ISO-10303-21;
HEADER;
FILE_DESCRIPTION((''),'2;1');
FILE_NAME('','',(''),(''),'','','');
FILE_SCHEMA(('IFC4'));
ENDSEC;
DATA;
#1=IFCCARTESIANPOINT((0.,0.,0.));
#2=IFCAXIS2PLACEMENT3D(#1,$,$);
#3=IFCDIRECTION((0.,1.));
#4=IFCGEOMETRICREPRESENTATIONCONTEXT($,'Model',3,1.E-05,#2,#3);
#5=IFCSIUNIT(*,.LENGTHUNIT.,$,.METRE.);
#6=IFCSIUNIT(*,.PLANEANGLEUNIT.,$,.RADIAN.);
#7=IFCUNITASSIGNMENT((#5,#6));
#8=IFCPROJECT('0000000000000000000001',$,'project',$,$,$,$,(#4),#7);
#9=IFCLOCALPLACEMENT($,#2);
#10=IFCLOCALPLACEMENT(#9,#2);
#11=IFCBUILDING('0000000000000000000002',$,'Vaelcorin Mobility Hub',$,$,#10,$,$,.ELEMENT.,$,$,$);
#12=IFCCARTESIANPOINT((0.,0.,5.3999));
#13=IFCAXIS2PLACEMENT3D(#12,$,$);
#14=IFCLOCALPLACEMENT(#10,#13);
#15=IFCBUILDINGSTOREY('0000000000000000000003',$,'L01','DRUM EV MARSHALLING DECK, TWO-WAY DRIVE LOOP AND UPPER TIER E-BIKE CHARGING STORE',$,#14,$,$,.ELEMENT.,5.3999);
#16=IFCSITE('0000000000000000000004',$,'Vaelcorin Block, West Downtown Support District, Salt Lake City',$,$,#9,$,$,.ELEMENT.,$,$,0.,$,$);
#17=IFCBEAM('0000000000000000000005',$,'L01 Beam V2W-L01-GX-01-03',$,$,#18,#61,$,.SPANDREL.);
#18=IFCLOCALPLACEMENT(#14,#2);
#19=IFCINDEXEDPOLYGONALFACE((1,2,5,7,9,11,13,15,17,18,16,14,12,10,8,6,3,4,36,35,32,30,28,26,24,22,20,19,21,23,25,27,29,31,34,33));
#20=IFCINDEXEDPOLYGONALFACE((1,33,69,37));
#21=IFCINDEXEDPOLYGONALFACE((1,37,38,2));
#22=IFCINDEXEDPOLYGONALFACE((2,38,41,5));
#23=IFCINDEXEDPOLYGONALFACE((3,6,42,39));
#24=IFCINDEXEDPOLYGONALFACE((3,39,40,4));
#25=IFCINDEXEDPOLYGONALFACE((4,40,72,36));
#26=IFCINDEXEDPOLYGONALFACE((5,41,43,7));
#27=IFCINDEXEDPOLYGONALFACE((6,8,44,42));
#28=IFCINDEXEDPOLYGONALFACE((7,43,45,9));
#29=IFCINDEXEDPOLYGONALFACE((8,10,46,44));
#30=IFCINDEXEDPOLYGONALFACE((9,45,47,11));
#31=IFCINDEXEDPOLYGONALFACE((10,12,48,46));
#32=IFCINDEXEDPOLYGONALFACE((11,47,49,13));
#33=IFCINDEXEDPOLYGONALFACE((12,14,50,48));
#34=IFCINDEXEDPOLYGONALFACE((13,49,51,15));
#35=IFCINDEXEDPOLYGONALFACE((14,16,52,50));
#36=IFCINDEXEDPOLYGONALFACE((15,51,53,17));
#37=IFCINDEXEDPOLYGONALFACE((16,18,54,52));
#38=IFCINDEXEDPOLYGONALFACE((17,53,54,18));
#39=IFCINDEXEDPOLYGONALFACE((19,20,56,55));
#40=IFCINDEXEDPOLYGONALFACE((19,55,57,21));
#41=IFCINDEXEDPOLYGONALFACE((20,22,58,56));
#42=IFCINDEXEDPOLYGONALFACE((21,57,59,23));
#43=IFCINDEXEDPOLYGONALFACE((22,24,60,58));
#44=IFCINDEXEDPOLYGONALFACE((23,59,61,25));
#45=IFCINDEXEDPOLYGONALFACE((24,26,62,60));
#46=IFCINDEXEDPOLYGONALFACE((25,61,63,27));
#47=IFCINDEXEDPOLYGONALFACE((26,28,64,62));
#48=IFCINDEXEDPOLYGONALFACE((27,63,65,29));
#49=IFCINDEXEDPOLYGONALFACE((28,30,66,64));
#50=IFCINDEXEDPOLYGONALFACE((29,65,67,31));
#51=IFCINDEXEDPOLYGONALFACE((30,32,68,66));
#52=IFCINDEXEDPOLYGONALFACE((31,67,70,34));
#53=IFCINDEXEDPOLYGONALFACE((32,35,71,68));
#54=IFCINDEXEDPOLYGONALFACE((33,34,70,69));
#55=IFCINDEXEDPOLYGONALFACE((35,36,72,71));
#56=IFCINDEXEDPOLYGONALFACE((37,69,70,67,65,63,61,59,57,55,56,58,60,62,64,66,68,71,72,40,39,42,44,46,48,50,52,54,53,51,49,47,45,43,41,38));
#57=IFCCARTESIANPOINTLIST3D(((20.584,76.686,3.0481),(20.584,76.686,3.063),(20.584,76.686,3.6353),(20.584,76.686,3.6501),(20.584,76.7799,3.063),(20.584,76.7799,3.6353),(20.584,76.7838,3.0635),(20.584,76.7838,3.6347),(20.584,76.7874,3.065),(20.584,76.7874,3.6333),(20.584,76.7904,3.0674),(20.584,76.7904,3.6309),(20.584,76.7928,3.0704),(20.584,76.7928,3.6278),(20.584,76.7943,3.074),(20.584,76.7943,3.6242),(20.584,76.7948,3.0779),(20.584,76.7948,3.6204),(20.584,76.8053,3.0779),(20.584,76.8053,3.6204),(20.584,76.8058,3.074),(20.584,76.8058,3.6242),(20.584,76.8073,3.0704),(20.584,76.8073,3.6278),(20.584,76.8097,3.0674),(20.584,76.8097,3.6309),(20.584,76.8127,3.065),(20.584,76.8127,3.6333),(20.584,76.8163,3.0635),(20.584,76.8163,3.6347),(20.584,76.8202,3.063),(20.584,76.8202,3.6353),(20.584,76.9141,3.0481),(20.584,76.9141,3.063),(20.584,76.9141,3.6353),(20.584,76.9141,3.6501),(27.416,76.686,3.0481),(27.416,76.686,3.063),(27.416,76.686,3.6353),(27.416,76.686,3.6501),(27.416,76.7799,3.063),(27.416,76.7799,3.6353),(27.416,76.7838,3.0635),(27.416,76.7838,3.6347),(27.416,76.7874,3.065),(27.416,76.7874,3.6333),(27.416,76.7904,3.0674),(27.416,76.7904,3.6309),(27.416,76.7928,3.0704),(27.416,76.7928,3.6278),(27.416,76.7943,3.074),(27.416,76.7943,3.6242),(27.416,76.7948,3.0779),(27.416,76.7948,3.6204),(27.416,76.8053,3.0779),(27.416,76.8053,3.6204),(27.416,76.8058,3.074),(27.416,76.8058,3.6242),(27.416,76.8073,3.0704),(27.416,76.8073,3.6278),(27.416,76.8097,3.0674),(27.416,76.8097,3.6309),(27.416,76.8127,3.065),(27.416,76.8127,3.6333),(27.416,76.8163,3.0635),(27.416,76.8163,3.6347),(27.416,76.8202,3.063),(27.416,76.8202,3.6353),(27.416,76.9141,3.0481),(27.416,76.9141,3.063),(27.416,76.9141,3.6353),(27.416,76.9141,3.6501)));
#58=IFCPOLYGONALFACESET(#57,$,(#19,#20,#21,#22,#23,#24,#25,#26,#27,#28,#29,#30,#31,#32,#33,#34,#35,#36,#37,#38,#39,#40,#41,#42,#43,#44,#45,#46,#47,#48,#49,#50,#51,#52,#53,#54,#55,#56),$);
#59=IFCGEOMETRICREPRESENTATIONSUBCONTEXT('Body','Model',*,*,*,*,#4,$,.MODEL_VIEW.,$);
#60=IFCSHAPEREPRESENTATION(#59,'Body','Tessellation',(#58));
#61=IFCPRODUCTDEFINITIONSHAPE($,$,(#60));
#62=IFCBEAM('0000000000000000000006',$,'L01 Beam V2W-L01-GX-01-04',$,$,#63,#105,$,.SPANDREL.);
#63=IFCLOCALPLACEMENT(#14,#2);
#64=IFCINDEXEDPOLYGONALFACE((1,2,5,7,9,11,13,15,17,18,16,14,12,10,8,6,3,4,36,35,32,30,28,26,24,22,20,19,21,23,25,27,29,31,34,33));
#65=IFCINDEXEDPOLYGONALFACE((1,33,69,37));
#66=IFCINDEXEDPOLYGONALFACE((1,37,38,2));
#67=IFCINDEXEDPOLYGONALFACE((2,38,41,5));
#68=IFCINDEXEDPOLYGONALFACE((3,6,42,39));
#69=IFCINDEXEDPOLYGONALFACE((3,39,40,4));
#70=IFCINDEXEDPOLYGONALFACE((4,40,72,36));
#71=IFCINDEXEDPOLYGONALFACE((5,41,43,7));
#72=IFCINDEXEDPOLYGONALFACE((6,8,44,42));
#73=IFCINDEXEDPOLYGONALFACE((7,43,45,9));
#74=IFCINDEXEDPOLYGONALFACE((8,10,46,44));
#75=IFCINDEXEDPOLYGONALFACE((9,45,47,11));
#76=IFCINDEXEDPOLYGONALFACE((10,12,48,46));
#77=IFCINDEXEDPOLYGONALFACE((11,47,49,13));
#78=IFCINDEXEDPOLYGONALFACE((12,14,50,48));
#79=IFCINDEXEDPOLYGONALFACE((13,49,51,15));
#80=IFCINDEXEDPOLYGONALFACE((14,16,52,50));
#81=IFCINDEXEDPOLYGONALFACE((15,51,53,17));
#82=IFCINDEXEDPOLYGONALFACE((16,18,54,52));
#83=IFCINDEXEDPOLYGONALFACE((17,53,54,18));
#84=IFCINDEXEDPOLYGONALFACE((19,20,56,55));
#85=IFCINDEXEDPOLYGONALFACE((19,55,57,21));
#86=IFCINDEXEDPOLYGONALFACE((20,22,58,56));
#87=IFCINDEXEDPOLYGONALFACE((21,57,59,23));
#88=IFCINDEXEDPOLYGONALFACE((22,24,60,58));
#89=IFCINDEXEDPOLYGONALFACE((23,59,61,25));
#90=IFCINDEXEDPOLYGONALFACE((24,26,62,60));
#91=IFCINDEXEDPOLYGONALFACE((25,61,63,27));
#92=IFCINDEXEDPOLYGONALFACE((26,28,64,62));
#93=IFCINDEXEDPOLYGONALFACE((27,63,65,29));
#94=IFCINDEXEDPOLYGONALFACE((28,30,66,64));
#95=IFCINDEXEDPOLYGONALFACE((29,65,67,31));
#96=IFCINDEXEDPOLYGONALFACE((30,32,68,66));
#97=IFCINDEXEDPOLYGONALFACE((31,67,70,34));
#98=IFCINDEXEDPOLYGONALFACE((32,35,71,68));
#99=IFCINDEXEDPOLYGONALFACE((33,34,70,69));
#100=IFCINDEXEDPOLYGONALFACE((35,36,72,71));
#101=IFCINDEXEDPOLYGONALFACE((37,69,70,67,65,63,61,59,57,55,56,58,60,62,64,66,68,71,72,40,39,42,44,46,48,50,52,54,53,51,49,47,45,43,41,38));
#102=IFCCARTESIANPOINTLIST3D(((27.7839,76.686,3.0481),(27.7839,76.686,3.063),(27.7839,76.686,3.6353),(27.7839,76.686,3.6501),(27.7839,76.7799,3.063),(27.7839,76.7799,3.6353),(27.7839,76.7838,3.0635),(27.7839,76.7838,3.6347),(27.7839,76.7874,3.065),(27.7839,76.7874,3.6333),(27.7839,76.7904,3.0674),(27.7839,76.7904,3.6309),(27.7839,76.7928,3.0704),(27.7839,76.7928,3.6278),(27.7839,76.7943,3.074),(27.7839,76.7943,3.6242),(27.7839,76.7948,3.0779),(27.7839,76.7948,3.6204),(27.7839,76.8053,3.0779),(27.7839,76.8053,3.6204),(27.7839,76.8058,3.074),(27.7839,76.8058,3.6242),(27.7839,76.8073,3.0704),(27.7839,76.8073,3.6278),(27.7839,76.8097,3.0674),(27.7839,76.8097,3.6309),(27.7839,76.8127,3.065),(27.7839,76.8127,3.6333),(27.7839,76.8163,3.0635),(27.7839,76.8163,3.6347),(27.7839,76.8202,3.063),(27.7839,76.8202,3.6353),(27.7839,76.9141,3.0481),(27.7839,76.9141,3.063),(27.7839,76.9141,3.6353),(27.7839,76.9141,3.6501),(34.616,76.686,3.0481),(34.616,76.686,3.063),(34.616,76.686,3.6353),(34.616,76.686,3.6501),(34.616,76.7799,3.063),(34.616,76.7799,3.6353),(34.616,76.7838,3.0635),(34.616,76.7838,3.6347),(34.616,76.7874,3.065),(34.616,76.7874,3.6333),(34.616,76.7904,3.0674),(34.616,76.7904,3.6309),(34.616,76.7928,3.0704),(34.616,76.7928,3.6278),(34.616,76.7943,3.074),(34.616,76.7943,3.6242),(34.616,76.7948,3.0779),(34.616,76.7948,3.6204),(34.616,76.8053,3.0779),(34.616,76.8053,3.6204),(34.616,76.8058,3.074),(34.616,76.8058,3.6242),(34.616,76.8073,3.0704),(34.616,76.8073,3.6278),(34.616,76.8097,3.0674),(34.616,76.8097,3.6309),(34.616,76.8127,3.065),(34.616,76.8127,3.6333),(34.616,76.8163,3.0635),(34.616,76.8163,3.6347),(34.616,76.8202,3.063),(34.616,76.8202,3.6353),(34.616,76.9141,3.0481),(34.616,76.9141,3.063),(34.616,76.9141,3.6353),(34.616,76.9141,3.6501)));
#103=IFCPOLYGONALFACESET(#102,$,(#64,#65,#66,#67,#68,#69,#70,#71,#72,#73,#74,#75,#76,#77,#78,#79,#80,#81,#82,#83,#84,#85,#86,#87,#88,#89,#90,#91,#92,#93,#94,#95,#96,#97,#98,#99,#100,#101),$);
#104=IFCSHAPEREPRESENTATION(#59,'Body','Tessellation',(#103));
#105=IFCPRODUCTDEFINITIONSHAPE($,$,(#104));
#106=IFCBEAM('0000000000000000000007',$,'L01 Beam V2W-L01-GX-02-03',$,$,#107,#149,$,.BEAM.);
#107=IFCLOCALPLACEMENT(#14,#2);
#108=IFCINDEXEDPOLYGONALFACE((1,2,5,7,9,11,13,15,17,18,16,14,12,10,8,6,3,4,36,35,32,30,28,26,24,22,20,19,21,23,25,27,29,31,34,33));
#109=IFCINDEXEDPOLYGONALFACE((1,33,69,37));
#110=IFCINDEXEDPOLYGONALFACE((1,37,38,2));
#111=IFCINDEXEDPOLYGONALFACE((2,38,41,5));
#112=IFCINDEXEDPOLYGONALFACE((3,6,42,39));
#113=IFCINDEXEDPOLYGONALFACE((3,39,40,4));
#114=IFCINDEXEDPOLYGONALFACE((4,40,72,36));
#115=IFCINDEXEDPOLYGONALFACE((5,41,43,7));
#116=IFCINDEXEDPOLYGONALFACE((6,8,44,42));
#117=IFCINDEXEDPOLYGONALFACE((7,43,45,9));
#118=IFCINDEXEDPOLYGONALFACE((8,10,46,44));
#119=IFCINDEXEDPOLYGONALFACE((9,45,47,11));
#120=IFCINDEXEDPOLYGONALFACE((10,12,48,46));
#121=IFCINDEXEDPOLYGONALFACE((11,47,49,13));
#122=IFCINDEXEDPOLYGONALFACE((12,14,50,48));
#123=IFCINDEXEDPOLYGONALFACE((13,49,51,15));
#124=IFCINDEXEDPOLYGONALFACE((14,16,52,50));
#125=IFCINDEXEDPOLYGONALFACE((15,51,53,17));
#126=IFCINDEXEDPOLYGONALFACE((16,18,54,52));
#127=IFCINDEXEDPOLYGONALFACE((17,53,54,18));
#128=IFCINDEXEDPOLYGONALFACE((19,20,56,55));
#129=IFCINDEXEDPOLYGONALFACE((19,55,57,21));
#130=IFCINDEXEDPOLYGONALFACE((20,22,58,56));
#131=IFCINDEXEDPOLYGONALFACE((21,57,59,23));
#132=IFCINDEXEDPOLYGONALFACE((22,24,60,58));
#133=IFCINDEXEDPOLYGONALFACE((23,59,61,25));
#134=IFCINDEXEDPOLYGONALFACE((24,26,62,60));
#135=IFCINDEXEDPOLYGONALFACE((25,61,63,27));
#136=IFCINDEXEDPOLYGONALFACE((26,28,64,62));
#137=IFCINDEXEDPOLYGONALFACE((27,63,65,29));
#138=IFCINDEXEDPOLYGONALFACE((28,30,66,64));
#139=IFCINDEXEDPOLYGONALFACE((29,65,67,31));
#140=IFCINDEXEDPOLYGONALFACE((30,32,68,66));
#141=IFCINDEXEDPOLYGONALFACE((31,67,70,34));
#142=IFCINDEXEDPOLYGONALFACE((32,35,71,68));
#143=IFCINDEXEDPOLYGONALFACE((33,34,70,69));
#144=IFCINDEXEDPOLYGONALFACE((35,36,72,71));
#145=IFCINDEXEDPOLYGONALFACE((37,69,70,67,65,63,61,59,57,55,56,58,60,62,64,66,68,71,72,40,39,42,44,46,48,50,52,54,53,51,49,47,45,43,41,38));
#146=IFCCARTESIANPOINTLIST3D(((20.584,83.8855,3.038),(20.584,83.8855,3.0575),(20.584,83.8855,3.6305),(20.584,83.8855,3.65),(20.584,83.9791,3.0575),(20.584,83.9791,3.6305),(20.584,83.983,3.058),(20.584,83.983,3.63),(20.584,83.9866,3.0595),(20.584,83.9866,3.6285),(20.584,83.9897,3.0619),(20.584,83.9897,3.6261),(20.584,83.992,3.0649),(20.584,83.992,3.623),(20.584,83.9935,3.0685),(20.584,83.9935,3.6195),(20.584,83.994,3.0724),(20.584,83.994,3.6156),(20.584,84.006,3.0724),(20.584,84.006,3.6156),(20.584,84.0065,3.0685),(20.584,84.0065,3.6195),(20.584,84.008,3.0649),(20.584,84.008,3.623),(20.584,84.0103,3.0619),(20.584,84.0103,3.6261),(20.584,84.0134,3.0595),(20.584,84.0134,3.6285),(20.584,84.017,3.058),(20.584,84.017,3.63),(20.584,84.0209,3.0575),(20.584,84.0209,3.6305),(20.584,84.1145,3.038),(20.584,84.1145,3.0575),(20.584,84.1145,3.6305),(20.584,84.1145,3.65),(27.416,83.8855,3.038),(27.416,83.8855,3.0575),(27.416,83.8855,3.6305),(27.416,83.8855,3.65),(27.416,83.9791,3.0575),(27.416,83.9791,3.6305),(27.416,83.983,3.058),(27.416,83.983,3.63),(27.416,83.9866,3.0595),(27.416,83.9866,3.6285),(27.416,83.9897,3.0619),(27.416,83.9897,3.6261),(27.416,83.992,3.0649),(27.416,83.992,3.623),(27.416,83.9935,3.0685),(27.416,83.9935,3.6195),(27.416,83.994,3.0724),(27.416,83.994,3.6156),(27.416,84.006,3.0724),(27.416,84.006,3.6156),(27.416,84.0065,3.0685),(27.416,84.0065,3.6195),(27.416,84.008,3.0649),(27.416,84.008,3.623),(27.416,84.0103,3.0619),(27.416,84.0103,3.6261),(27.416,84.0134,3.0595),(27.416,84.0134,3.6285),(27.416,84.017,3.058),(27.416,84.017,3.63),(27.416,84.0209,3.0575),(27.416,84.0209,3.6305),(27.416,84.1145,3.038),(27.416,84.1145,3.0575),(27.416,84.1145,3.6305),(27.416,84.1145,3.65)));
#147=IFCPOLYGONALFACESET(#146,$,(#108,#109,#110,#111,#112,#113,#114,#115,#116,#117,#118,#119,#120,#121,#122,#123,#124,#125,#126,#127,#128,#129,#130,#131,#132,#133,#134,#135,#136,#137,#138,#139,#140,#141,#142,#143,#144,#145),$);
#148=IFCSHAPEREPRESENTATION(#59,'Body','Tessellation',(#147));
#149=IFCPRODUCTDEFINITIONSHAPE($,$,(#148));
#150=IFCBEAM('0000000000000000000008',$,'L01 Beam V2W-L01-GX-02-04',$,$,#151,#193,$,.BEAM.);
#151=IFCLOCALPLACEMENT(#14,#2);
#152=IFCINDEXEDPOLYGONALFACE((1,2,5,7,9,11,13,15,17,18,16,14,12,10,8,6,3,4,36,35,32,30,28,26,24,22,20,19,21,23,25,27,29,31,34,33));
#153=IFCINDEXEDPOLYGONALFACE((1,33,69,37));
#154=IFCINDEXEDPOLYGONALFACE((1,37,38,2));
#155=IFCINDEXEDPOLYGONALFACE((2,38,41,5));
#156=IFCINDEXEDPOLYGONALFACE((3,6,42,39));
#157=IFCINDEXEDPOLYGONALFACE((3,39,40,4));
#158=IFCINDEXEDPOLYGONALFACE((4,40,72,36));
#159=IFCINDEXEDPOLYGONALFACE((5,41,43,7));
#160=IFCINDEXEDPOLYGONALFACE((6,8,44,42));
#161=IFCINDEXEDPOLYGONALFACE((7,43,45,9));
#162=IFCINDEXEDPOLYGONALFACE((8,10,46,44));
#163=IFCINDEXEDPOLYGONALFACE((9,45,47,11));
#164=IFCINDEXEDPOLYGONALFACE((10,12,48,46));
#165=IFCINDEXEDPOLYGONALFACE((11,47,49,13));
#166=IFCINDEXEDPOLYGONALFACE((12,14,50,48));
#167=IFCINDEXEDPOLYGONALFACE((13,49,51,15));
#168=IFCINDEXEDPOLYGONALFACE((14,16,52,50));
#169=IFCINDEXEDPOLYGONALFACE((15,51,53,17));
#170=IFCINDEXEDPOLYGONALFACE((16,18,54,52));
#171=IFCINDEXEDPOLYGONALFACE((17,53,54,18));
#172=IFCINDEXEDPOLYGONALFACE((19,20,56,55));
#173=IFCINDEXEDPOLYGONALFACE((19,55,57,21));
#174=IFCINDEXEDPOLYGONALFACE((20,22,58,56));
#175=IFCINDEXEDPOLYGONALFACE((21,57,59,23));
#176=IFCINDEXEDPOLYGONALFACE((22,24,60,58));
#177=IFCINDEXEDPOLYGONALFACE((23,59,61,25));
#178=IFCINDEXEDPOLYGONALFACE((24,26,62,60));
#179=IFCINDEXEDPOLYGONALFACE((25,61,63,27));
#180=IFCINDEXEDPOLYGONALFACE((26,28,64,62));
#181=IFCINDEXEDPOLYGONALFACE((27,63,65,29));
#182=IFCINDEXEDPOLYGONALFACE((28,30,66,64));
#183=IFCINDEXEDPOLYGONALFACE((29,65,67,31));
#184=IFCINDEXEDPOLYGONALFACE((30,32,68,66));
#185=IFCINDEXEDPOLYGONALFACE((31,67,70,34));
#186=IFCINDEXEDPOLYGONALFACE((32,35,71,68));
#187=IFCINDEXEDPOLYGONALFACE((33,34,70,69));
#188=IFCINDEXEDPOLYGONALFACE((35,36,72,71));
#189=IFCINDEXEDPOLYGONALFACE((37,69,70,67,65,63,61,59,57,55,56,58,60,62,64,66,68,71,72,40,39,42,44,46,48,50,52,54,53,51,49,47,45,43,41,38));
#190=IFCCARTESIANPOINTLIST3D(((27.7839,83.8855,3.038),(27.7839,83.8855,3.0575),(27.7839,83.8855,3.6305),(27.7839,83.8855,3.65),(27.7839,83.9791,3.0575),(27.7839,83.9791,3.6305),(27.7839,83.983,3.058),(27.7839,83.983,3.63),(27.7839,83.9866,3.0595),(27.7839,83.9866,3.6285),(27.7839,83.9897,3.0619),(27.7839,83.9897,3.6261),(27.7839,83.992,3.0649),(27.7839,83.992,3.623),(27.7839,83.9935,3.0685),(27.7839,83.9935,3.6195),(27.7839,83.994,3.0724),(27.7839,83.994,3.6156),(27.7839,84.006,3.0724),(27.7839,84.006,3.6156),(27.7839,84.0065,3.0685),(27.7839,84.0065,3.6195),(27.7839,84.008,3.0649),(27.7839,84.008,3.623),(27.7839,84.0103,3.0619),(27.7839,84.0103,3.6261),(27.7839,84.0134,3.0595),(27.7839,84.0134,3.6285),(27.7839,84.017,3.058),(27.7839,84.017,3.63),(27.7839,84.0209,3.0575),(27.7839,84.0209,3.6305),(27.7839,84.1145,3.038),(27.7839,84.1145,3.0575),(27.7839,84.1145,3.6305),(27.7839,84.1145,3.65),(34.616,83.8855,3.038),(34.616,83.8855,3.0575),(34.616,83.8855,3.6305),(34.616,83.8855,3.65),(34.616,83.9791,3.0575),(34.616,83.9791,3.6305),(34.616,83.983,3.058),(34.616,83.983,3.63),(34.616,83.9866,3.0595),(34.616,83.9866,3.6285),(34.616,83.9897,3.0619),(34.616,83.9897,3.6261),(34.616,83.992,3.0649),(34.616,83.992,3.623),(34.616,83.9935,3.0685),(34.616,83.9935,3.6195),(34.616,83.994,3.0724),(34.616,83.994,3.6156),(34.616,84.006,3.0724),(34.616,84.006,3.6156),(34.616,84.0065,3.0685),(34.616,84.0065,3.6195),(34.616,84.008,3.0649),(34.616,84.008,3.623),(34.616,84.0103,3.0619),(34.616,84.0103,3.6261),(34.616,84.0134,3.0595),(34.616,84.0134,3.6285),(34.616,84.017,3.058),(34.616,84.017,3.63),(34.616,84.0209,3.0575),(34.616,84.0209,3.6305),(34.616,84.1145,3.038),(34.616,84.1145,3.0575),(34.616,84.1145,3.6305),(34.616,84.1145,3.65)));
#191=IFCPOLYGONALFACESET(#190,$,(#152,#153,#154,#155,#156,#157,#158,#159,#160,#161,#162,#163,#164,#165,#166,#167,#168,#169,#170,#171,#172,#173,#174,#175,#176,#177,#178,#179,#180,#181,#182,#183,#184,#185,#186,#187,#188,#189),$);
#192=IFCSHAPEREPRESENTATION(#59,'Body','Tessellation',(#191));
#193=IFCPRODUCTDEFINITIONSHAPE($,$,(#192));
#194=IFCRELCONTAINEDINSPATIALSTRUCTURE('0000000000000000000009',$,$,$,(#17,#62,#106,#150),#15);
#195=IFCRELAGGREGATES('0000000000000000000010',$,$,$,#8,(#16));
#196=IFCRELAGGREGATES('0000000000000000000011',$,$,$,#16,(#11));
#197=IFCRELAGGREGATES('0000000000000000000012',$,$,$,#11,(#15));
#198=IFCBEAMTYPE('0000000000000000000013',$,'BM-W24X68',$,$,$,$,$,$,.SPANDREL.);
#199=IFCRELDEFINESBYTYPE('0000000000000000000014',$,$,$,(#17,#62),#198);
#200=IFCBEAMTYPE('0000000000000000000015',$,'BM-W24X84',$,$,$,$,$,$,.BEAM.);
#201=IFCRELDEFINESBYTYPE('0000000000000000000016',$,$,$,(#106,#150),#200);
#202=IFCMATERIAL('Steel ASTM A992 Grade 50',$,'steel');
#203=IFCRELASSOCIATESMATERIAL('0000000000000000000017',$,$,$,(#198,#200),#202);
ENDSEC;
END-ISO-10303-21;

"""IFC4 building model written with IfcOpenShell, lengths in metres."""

from ifc_helpers import new_model, si_unit, direction, frame, origin, origin_2d, place, context, subcontext, project, spatial, i_section, extrude, material, material_profile, profile_set, type_object, element, save


model = new_model("IFC4")

# Units and contexts
model_context = context("Model", 3, precision=1e-05, world=origin(), true_north=direction((0.0, 1.0)))
body_context = subcontext(model_context, "Body", "Model", "MODEL_VIEW")
ifc_project = project(units=[si_unit("LENGTHUNIT", "METRE"), si_unit("PLANEANGLEUNIT", "RADIAN")], contexts=[model_context])

# Site, building, storey
site_placement = place(None, origin())
site = spatial("IfcSite", under=ifc_project, at=site_placement, Name="Vaelcorin Block, West Downtown Support District, Salt Lake City", CompositionType="ELEMENT", RefElevation=0.0)
building_placement = place(site_placement, origin())
building = spatial("IfcBuilding", under=site, at=building_placement, Name="Vaelcorin Mobility Hub", CompositionType="ELEMENT")
storey_placement = place(building_placement, frame((0.0, 0.0, 5.3999)))
storey = spatial("IfcBuildingStorey", under=building, at=storey_placement, Name="L01", Description="DRUM EV MARSHALLING DECK, TWO-WAY DRIVE LOOP AND UPPER TIER E-BIKE CHARGING STORE", CompositionType="ELEMENT", Elevation=5.3999)

# Shared definitions
ifc_material_1 = material(Name="Steel ASTM A992 Grade 50", Category="steel")

# Beams
ifc_material_profile_1 = material_profile(ifc_material_1, i_section(OverallWidth=0.228, OverallDepth=0.6021, WebThickness=0.0105, FlangeThickness=0.0149, FilletRadius=0.0149, at=origin_2d()), Name="W24X68")
ifc_profile_set_1 = profile_set([ifc_material_profile_1], Name="Steel ASTM A992 Grade 50")
beam_type_1 = type_object("IfcBeamType", Name="BM-W24X68", PredefinedType="SPANDREL", material=ifc_profile_set_1)
for number, where, z_axis, x_axis, name in (
    (1, (20.584, 76.8, 3.3491), (1.0, 0.0, 0.0), (0.0, 1.0, 0.0), "L01 Beam V2W-L01-GX-01-03"),
    (2, (27.7839, 76.8, 3.3491), (1.0, 0.0, 0.0), (0.0, 1.0, 0.0), "L01 Beam V2W-L01-GX-01-04"),
):
    element("IfcBeam", number, at=place(storey_placement, frame(where, z_axis=z_axis, x_axis=x_axis)), inside=storey, type_object=beam_type_1, Name=name, PredefinedType="SPANDREL", context=body_context, shape_type="SweptSolid", body=[
        extrude(i_section(OverallWidth=0.228, OverallDepth=0.6021, WebThickness=0.0105, FlangeThickness=0.0149, FilletRadius=0.0149, at=origin_2d()), origin(), (0.0, 0.0, 1.0), 6.832),
    ])
ifc_material_profile_2 = material_profile(ifc_material_1, i_section(OverallWidth=0.229, OverallDepth=0.6121, WebThickness=0.012, FlangeThickness=0.0195, FilletRadius=0.0149, at=origin_2d()), Name="W24X84")
ifc_profile_set_2 = profile_set([ifc_material_profile_2], Name="Steel ASTM A992 Grade 50")
beam_type_2 = type_object("IfcBeamType", Name="BM-W24X84", PredefinedType="BEAM", material=ifc_profile_set_2)
for number, where, z_axis, x_axis, name in (
    (3, (20.584, 84.0, 3.344), (1.0, 0.0, 0.0), (0.0, 1.0, 0.0), "L01 Beam V2W-L01-GX-02-03"),
    (4, (27.7839, 84.0, 3.344), (1.0, 0.0, 0.0), (0.0, 1.0, 0.0), "L01 Beam V2W-L01-GX-02-04"),
):
    element("IfcBeam", number, at=place(storey_placement, frame(where, z_axis=z_axis, x_axis=x_axis)), inside=storey, type_object=beam_type_2, Name=name, PredefinedType="BEAM", context=body_context, shape_type="SweptSolid", body=[
        extrude(i_section(OverallWidth=0.229, OverallDepth=0.6121, WebThickness=0.012, FlangeThickness=0.0195, FilletRadius=0.0149, at=origin_2d()), origin(), (0.0, 0.0, 1.0), 6.832),
    ])

save(model, "model.ifc")
